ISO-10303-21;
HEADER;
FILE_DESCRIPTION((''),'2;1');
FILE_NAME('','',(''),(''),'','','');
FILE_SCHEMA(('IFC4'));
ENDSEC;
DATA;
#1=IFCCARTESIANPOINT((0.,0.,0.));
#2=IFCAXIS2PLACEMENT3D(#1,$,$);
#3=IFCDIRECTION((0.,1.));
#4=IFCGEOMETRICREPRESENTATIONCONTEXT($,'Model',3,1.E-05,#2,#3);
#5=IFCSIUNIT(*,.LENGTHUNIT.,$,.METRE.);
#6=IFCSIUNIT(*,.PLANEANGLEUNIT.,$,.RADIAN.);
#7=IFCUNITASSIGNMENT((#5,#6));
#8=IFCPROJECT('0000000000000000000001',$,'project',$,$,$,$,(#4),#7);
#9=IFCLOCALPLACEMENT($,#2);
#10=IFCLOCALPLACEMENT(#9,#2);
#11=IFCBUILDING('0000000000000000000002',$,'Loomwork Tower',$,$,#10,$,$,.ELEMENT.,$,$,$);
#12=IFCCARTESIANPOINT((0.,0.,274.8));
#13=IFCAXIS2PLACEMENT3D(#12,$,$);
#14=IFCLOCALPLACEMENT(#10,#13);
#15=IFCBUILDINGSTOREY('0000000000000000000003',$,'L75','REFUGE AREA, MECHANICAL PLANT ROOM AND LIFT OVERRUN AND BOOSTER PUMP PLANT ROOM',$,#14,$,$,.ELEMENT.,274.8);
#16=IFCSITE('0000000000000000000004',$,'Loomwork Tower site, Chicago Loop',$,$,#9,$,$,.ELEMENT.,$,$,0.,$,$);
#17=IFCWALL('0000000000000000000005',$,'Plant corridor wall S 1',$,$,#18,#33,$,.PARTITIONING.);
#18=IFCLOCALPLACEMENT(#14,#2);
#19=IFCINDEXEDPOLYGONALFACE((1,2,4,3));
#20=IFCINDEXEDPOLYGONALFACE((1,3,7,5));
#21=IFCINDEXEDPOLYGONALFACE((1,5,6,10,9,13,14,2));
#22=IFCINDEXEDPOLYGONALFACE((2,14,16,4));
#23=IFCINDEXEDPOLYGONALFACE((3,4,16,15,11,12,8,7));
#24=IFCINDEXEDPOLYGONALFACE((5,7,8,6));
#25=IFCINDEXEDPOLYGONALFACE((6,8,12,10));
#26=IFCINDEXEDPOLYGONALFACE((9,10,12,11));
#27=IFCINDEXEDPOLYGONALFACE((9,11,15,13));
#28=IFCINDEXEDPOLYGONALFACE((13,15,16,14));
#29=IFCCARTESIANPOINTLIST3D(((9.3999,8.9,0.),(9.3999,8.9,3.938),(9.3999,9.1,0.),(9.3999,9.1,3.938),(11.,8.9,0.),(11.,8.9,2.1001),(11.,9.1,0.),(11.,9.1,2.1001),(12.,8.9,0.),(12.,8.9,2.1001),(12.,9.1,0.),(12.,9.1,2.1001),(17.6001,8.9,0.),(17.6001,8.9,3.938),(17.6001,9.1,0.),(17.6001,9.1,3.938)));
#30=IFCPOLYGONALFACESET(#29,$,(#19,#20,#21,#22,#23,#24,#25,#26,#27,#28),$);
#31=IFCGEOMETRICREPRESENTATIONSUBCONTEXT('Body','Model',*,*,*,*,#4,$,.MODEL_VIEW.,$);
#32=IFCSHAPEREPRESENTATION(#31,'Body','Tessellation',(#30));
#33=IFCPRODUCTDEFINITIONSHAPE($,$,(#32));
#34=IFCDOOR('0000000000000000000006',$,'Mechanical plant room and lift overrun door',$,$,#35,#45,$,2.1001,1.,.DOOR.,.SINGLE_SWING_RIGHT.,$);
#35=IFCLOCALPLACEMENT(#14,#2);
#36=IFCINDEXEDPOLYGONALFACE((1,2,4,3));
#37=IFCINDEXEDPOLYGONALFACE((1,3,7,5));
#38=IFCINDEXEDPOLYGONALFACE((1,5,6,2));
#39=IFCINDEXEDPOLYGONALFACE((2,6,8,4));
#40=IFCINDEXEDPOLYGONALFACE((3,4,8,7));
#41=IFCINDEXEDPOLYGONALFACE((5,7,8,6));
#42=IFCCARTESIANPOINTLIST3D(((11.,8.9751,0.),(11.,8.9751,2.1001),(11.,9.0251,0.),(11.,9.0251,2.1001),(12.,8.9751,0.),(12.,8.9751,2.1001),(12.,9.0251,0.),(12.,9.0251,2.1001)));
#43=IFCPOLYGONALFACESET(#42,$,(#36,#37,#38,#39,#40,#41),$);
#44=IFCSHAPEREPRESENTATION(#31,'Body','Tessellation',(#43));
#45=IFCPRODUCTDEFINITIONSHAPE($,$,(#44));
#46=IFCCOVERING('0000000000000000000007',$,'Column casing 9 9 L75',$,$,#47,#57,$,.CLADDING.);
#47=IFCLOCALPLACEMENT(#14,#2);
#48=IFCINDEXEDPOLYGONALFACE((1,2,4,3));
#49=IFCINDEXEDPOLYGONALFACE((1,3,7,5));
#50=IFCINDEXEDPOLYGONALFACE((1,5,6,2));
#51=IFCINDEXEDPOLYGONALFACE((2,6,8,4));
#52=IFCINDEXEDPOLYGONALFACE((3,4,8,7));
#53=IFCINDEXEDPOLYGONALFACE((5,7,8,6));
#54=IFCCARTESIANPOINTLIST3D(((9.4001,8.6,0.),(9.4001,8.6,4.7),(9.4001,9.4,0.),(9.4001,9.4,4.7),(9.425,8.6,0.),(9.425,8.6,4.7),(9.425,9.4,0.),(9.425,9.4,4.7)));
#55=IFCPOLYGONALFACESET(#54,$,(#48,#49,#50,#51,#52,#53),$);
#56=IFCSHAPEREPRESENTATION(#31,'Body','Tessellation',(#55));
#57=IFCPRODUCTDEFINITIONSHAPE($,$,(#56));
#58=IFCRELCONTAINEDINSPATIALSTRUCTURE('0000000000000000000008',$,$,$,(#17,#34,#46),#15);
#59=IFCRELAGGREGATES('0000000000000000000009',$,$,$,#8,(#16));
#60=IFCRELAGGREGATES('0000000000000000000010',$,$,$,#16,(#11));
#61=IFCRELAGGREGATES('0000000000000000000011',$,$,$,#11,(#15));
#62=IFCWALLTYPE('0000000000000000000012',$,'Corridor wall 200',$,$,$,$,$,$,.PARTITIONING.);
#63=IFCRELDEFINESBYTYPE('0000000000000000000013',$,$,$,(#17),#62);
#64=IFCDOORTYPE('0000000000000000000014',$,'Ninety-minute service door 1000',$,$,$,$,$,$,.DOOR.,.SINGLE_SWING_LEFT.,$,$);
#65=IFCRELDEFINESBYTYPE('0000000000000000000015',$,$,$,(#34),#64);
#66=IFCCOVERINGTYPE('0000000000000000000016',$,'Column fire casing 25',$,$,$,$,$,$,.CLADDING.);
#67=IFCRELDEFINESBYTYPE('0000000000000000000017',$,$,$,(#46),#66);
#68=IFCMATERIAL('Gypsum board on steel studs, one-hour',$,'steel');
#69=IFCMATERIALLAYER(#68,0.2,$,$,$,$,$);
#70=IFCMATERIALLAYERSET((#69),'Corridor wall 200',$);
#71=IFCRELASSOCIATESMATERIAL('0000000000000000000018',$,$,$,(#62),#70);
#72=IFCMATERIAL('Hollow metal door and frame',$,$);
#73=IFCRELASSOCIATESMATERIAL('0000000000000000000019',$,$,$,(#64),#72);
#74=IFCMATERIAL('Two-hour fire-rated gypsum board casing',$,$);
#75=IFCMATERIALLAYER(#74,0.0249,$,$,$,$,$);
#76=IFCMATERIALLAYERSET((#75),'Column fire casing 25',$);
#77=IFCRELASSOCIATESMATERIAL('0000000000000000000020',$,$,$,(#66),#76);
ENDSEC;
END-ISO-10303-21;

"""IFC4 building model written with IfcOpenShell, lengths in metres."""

from ifc_helpers import new_model, si_unit, direction, frame, frame_2d, origin, origin_2d, place, context, subcontext, project, spatial, rectangle, extrude, material, layer, layer_set, type_object, element, fill, save


model = new_model("IFC4")

# Units and contexts
model_context = context("Model", 3, precision=1e-05, world=origin(), true_north=direction((0.0, 1.0)))
body_context = subcontext(model_context, "Body", "Model", "MODEL_VIEW")
ifc_project = project(units=[si_unit("LENGTHUNIT", "METRE"), si_unit("PLANEANGLEUNIT", "RADIAN")], contexts=[model_context])

# Site, building, storey
site_placement = place(None, origin())
site = spatial("IfcSite", under=ifc_project, at=site_placement, Name="Loomwork Tower site, Chicago Loop", CompositionType="ELEMENT", RefElevation=0.0)
building_placement = place(site_placement, origin())
building = spatial("IfcBuilding", under=site, at=building_placement, Name="Loomwork Tower", CompositionType="ELEMENT")
storey_placement = place(building_placement, frame((0.0, 0.0, 274.8)))
storey = spatial("IfcBuildingStorey", under=building, at=storey_placement, Name="L75", Description="REFUGE AREA, MECHANICAL PLANT ROOM AND LIFT OVERRUN AND BOOSTER PUMP PLANT ROOM", CompositionType="ELEMENT", Elevation=274.8)

# Wall, opening, door
ifc_material_1 = material(Name="Gypsum board on steel studs, one-hour", Category="steel")
ifc_layer_1 = layer(ifc_material_1, 0.2)
ifc_layer_set_1 = layer_set([ifc_layer_1], Name="Corridor wall 200")
wall_type_1 = type_object("IfcWallType", Name="Corridor wall 200", PredefinedType="PARTITIONING", material=ifc_layer_set_1)
wall_1_placement = place(storey_placement, frame((9.3999, 9.0, 0.0), z_axis=(0.0, 0.0, 1.0), x_axis=(1.0, 0.0, 0.0)))
wall_1 = element("IfcWall", 1, at=wall_1_placement, inside=storey, type_object=wall_type_1, Name="Plant corridor wall S 1", PredefinedType="PARTITIONING", context=body_context, shape_type="SweptSolid", body=[
    extrude(rectangle(XDim=8.2002, YDim=0.2, at=frame_2d((4.1001, 0.0))), origin(), (0.0, 0.0, 1.0), 3.938),
])
opening_1_placement = place(wall_1_placement, frame((1.6001, 0.0, 0.0)))
opening_1 = element("IfcOpeningElement", 2, at=opening_1_placement, cuts=wall_1, PredefinedType="OPENING", context=body_context, shape_type="SweptSolid", body=[
    extrude(rectangle(XDim=1.0, YDim=2.1001, at=frame_2d((0.5, 1.05))), frame((0.0, 0.1099, 0.0), z_axis=(0.0, -1.0, 0.0), x_axis=(1.0, 0.0, 0.0)), (0.0, 0.0, 1.0), 0.22),
])
ifc_material_2 = material(Name="Hollow metal door and frame")
door_type_1 = type_object("IfcDoorType", Name="Ninety-minute service door 1000", OperationType="SINGLE_SWING_LEFT", PredefinedType="DOOR", material=ifc_material_2)
door_1_placement = place(opening_1_placement, frame((1.0, 0.0, 0.0), z_axis=(0.0, 0.0, 1.0), x_axis=(-1.0, 0.0, 0.0)))
door_1 = element("IfcDoor", 3, at=door_1_placement, inside=storey, type_object=door_type_1, Name="Mechanical plant room and lift overrun door", OperationType="SINGLE_SWING_RIGHT", OverallHeight=2.1001, OverallWidth=1.0, PredefinedType="DOOR", context=body_context, shape_type="SweptSolid", body=[
    extrude(rectangle(XDim=1.0, YDim=2.1001, at=frame_2d((0.5, 1.05))), frame((0.0, 0.0249, 0.0), z_axis=(0.0, -1.0, 0.0), x_axis=(1.0, 0.0, 0.0)), (0.0, 0.0, 1.0), 0.05),
])
fill(opening_1, door_1)

# Covering
ifc_material_3 = material(Name="Two-hour fire-rated gypsum board casing")
ifc_layer_2 = layer(ifc_material_3, 0.0249)
ifc_layer_set_2 = layer_set([ifc_layer_2], Name="Column fire casing 25")
covering_type = type_object("IfcCoveringType", Name="Column fire casing 25", PredefinedType="CLADDING", material=ifc_layer_set_2)
covering_placement = place(storey_placement, frame((9.4126, 9.0, 0.0), z_axis=(0.0, 0.0, 1.0), x_axis=(1.0, 0.0, 0.0)))
element("IfcCovering", 4, at=covering_placement, inside=storey, type_object=covering_type, Name="Column casing 9 9 L75", PredefinedType="CLADDING", context=body_context, shape_type="SweptSolid", body=[
    extrude(rectangle(XDim=0.0249, YDim=0.8, at=origin_2d()), origin(), (0.0, 0.0, 1.0), 4.7),
])

save(model, "model.ifc")
